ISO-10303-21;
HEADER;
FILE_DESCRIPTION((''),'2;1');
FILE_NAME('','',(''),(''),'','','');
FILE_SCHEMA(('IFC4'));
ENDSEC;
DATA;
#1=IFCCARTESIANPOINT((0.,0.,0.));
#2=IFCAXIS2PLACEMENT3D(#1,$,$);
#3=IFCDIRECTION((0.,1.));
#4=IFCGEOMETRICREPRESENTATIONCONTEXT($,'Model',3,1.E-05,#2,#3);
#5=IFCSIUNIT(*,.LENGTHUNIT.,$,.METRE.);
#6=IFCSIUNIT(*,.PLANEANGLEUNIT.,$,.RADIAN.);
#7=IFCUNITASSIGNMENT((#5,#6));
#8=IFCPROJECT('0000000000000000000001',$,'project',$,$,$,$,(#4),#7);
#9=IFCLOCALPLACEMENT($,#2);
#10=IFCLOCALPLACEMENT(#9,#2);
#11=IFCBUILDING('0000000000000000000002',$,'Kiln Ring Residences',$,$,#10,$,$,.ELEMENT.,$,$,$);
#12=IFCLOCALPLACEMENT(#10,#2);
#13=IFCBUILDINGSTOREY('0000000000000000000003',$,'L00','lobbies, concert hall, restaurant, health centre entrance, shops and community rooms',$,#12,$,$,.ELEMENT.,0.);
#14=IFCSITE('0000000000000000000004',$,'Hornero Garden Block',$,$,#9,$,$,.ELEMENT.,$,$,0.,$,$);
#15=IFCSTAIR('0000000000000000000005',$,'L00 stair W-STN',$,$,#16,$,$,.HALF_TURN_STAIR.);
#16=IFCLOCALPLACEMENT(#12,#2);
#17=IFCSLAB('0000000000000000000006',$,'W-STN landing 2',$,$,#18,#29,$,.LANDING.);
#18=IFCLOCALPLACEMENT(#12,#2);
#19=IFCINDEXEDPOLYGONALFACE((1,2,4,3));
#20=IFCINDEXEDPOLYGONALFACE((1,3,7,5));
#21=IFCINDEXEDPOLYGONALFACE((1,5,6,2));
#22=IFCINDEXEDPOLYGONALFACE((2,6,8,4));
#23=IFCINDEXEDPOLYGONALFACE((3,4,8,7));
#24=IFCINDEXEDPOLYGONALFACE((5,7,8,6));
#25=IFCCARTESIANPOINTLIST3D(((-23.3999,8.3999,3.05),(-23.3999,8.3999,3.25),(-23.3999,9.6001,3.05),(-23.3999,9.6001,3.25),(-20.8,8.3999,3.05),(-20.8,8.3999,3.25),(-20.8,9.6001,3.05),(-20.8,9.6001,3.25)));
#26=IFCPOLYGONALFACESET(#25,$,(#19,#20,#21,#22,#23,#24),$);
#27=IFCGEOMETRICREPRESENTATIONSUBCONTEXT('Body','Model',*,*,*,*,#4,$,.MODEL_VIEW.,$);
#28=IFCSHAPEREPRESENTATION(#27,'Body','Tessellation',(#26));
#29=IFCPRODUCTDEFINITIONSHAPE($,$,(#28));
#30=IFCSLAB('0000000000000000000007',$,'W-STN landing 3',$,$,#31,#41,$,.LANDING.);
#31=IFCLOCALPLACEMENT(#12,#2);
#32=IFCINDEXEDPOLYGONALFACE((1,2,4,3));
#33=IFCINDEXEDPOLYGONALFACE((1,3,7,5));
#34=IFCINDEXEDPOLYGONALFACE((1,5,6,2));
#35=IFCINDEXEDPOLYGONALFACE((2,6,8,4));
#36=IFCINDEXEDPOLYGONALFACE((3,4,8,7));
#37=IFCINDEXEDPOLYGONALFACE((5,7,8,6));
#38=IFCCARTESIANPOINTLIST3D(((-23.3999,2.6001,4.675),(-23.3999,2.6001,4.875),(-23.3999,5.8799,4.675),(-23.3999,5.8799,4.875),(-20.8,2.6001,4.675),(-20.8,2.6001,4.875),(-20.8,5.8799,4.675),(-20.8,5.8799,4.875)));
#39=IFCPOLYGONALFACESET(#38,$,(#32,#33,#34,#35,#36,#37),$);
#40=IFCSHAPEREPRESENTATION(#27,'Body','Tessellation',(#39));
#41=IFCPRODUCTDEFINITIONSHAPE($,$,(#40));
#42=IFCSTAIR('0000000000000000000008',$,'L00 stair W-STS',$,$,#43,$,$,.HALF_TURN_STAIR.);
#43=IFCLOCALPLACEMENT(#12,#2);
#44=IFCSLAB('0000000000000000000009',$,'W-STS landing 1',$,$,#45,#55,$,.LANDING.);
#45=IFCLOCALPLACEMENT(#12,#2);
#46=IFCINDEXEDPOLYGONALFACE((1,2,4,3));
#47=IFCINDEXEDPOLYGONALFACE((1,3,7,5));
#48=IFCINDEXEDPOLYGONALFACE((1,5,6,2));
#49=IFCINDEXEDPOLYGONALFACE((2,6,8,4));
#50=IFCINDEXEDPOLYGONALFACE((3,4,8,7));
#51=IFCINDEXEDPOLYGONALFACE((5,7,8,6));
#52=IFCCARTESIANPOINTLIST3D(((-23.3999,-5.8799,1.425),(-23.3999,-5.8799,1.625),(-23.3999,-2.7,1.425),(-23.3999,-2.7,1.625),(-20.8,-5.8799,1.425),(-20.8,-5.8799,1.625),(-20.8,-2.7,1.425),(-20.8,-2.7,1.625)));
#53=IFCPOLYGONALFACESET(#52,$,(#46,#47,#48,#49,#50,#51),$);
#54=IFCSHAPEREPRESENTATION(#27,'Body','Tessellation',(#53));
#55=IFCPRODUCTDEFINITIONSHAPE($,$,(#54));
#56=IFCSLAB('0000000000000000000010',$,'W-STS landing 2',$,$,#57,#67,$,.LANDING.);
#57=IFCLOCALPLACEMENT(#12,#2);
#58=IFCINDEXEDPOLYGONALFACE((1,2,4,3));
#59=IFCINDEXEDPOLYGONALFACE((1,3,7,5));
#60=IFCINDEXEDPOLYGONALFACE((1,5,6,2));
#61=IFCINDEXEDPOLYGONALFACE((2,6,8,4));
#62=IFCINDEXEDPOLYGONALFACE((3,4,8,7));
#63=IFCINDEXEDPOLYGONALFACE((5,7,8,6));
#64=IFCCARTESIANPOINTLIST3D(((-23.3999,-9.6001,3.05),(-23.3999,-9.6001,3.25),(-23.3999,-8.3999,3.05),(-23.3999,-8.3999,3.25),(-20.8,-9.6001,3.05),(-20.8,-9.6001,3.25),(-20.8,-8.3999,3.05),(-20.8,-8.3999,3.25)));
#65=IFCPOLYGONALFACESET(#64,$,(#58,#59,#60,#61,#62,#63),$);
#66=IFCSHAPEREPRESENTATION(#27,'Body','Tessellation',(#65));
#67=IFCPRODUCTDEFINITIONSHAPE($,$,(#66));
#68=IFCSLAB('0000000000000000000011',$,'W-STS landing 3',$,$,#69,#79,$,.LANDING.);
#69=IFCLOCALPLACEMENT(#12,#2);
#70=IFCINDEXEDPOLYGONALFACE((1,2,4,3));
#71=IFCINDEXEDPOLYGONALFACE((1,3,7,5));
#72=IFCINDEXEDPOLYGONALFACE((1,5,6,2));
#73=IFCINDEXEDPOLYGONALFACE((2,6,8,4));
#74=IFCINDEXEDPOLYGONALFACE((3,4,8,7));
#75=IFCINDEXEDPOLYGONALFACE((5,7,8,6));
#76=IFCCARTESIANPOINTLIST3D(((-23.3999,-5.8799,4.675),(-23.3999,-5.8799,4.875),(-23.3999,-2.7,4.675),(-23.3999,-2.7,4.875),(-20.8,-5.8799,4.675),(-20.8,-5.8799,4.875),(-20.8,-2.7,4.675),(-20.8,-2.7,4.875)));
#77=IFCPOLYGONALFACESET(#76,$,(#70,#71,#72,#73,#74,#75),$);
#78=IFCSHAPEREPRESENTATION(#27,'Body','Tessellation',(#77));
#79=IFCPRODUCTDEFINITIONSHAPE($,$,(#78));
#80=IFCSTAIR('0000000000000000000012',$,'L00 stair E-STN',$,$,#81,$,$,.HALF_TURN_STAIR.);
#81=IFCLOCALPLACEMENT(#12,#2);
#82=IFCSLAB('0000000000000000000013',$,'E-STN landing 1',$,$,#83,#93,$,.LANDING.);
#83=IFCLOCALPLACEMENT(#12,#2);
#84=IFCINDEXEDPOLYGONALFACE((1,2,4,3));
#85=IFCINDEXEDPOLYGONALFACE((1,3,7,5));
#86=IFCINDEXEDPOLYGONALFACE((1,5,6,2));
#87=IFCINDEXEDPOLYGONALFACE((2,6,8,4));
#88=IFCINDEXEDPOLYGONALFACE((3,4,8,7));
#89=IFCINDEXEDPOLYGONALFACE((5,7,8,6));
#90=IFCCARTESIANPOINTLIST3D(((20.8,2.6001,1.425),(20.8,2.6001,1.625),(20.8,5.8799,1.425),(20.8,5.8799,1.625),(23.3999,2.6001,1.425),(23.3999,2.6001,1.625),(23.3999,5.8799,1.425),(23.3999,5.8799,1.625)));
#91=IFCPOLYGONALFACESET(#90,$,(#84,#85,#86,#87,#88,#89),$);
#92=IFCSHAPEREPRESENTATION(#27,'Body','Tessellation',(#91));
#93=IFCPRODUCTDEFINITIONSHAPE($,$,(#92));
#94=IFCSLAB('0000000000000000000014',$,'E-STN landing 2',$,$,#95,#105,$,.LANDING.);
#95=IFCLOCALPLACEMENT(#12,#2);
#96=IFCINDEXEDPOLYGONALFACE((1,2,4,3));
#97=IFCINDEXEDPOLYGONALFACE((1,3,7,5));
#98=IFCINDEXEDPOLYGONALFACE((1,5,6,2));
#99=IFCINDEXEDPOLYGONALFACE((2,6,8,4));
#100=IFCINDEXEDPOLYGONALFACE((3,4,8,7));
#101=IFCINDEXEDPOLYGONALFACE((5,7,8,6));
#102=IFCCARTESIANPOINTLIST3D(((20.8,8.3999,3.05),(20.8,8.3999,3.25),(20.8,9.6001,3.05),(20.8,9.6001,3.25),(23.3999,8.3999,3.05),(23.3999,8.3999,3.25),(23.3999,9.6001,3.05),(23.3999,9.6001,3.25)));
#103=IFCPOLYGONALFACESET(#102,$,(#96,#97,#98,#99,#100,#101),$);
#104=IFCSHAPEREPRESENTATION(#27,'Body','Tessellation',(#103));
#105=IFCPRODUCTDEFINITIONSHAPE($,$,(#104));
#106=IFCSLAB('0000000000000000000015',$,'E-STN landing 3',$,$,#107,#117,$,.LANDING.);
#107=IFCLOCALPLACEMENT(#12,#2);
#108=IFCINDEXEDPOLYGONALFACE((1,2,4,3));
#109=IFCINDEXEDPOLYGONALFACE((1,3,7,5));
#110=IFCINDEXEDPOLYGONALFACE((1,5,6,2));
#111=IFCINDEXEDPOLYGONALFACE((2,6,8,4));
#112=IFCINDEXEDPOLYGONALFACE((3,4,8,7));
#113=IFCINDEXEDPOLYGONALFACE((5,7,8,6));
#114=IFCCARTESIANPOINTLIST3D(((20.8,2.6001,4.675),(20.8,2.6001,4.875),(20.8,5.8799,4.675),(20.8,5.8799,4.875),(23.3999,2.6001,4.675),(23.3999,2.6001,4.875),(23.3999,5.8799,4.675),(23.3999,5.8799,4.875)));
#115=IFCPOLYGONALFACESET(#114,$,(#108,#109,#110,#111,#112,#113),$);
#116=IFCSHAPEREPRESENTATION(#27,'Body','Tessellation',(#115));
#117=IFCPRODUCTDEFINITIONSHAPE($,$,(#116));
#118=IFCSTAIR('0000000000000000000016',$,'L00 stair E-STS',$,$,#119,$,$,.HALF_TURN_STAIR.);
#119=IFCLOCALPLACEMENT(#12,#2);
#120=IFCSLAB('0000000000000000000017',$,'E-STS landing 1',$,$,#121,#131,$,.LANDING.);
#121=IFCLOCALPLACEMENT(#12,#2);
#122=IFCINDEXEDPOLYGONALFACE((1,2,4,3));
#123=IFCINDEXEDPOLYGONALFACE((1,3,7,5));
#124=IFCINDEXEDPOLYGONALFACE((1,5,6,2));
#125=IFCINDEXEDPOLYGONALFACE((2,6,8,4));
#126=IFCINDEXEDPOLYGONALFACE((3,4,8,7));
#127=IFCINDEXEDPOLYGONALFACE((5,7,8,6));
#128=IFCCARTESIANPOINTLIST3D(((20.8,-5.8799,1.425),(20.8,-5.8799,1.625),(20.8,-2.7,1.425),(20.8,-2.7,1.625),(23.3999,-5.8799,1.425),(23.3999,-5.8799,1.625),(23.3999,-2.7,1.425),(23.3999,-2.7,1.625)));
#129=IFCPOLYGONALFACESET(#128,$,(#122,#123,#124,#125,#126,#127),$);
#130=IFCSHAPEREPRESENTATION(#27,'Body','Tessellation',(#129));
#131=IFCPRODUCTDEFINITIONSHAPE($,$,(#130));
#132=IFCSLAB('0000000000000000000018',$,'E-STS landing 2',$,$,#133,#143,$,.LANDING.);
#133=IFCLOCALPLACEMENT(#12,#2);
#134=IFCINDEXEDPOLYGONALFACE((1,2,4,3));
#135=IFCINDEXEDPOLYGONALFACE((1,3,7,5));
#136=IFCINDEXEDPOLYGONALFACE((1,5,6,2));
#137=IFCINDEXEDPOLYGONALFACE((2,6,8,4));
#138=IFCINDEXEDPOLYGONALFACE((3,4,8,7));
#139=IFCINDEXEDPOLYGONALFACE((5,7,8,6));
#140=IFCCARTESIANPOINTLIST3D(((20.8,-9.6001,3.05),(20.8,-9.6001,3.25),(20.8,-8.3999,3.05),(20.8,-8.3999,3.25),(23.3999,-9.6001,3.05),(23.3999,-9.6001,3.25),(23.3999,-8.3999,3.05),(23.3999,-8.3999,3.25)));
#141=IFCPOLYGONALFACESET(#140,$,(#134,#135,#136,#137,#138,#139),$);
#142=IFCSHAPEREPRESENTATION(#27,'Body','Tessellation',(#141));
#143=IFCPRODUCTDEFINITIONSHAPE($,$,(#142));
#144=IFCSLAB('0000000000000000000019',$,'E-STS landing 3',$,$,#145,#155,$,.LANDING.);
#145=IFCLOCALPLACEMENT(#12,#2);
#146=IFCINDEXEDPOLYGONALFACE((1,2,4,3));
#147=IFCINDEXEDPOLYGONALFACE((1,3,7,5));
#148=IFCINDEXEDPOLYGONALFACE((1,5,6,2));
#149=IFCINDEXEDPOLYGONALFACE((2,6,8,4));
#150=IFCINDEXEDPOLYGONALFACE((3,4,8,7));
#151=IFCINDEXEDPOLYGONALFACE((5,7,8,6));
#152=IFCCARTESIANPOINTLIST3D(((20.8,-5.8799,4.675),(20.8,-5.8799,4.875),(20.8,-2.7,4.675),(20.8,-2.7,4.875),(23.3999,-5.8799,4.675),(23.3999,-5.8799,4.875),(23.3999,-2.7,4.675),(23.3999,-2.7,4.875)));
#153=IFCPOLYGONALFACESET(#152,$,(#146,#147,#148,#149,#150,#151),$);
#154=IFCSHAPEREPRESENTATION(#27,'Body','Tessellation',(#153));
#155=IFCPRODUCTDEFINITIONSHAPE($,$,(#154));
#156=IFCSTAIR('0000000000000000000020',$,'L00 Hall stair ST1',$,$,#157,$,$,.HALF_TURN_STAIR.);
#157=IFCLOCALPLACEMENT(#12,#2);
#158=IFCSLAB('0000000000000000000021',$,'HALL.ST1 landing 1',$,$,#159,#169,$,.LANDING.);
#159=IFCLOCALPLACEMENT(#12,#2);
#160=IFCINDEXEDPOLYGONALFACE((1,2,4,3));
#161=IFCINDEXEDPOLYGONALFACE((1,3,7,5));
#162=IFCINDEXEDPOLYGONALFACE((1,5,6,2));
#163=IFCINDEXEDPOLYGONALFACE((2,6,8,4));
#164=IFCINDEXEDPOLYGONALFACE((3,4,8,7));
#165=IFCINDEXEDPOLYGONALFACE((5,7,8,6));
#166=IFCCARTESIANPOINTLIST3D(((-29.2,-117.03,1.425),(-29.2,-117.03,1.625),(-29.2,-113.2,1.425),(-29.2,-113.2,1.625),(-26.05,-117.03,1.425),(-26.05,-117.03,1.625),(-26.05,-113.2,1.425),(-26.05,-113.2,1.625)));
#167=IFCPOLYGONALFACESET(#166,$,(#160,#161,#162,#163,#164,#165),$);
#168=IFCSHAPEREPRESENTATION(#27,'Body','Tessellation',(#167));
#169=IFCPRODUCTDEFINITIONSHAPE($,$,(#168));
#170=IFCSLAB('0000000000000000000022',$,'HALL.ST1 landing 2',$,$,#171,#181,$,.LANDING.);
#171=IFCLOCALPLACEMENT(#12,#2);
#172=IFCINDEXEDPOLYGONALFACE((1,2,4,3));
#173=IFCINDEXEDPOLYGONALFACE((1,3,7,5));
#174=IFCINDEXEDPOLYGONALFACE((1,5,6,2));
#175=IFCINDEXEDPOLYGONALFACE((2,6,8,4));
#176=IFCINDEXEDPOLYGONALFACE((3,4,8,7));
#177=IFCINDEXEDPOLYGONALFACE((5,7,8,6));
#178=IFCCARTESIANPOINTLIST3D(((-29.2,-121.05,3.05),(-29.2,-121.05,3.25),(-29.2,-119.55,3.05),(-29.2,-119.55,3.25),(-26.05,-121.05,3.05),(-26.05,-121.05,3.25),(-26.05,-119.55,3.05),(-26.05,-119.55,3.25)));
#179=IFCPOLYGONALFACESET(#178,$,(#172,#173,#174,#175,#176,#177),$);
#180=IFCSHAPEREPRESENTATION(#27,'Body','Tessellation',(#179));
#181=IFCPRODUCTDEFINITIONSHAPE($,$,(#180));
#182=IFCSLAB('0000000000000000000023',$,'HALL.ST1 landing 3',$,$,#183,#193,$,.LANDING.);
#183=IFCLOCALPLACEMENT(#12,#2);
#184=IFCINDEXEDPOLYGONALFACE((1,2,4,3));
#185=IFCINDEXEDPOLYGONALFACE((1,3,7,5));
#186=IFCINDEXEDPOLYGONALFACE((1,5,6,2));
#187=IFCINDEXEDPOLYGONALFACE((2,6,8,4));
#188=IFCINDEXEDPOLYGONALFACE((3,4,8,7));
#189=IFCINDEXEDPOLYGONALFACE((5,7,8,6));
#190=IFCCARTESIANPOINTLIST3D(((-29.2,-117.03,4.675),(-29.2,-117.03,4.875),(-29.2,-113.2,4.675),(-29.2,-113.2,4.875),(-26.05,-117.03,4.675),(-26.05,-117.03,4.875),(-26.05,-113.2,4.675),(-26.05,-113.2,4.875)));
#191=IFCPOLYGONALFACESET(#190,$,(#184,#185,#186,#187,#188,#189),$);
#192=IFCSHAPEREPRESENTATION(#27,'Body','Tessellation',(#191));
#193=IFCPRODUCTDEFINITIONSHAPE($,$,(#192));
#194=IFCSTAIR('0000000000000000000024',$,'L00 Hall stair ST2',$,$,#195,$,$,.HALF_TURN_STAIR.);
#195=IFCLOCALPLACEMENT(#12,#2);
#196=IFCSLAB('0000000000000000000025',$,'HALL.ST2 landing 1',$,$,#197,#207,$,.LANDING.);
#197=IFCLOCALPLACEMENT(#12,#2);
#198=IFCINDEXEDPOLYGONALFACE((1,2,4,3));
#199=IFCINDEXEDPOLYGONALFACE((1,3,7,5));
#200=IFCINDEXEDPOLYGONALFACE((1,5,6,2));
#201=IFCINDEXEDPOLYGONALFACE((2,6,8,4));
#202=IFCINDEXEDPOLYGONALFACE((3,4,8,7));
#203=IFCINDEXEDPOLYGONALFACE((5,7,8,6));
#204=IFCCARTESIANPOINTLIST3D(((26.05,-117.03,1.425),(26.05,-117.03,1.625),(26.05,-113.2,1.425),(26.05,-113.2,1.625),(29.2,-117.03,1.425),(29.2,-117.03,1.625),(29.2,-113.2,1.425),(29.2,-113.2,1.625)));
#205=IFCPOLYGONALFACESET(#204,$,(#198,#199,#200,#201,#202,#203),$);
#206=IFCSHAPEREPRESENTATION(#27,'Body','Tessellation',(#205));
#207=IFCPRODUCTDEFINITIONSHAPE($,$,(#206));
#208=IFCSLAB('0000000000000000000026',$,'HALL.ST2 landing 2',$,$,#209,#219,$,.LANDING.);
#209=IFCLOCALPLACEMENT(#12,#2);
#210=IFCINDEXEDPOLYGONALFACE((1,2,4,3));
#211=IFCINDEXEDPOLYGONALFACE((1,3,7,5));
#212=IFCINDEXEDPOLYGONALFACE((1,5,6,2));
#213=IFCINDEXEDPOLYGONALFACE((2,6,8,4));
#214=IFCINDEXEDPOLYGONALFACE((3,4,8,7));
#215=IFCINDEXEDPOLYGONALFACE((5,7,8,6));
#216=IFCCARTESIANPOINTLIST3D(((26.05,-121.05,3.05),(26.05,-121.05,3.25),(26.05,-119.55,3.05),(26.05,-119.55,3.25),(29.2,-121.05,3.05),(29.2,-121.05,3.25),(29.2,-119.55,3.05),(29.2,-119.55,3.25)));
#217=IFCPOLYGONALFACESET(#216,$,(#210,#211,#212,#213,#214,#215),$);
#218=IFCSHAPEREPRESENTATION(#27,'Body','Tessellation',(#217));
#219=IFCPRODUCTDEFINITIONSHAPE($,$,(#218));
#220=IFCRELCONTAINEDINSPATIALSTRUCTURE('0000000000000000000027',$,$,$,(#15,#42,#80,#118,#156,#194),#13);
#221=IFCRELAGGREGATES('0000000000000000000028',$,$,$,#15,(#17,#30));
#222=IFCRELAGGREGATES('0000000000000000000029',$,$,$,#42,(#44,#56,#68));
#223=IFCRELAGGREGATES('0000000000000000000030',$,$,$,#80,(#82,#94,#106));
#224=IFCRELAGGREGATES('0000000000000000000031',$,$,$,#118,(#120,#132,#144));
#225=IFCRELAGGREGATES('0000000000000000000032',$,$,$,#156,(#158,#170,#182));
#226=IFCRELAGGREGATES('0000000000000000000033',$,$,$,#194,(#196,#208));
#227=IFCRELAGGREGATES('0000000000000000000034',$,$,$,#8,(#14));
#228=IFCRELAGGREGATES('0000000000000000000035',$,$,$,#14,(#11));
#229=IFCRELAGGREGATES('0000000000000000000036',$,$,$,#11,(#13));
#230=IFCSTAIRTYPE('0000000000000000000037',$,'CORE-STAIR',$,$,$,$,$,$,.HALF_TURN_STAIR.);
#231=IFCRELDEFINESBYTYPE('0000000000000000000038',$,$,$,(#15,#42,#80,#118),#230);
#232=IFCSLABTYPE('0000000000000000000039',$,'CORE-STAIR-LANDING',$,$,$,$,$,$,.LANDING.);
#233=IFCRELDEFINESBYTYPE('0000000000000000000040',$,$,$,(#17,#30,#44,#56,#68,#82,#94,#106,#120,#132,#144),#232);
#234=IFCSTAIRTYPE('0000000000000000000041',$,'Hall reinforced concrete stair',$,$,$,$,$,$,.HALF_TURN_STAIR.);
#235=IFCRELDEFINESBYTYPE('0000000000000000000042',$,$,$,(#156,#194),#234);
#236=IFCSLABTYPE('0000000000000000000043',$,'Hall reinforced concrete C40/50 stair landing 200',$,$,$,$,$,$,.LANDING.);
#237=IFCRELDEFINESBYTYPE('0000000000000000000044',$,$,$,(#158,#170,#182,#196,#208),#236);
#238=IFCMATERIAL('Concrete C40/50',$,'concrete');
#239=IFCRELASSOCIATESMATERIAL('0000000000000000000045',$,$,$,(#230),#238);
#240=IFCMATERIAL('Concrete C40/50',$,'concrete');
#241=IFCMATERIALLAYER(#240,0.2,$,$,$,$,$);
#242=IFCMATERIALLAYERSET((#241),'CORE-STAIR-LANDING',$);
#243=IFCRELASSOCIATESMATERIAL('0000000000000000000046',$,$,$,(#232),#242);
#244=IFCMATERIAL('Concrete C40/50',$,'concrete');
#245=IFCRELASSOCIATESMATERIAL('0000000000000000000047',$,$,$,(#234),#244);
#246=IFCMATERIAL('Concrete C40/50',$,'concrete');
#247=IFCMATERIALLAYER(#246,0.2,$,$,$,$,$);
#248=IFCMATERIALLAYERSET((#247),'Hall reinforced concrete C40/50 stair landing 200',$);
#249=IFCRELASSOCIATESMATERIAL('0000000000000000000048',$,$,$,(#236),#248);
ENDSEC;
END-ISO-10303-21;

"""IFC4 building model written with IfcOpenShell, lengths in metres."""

from ifc_helpers import new_model, si_unit, direction, frame, origin, place, context, subcontext, project, spatial, polyline, outline, extrude, material, layer, layer_set, type_object, element, aggregate, save


model = new_model("IFC4")

# Units and contexts
model_context = context("Model", 3, precision=1e-05, world=origin(), true_north=direction((0.0, 1.0)))
body_context = subcontext(model_context, "Body", "Model", "MODEL_VIEW")
ifc_project = project(units=[si_unit("LENGTHUNIT", "METRE"), si_unit("PLANEANGLEUNIT", "RADIAN")], contexts=[model_context])

# Site, building, storey
site_placement = place(None, origin())
site = spatial("IfcSite", under=ifc_project, at=site_placement, Name="Hornero Garden Block", CompositionType="ELEMENT", RefElevation=0.0)
building_placement = place(site_placement, origin())
building = spatial("IfcBuilding", under=site, at=building_placement, Name="Kiln Ring Residences", CompositionType="ELEMENT")
storey_placement = place(building_placement, origin())
storey = spatial("IfcBuildingStorey", under=building, at=storey_placement, Name="L00", Description="lobbies, concert hall, restaurant, health centre entrance, shops and community rooms", CompositionType="ELEMENT", Elevation=0.0)

# Stairs, slabs
ifc_material_1 = material(Name="Concrete C40/50", Category="concrete")
stair_type_1 = type_object("IfcStairType", Name="CORE-STAIR", PredefinedType="HALF_TURN_STAIR", material=ifc_material_1)
placement_1 = place(storey_placement, origin())
stair_1 = element("IfcStair", 1, at=placement_1, inside=storey, type_object=stair_type_1, Name="L00 stair W-STN", PredefinedType="HALF_TURN_STAIR")
ifc_material_2 = material(Name="Concrete C40/50", Category="concrete")
ifc_layer_1 = layer(ifc_material_2, 0.2)
ifc_layer_set_1 = layer_set([ifc_layer_1], Name="CORE-STAIR-LANDING")
slab_type_1 = type_object("IfcSlabType", Name="CORE-STAIR-LANDING", PredefinedType="LANDING", material=ifc_layer_set_1)
placement_2 = place(storey_placement, frame((0.0, 0.0, 3.05)))
slab_1 = element("IfcSlab", 2, at=placement_2, type_object=slab_type_1, Name="W-STN landing 2", PredefinedType="LANDING", context=body_context, shape_type="SweptSolid", body=[
    extrude(outline(polyline([(-23.3999, 9.6001), (-23.3999, 8.3999), (-20.8, 8.3999), (-20.8, 9.6001), (-23.3999, 9.6001)])), origin(), (0.0, 0.0, 1.0), 0.2),
])
placement_3 = place(storey_placement, frame((0.0, 0.0, 4.675)))
slab_2 = element("IfcSlab", 3, at=placement_3, type_object=slab_type_1, Name="W-STN landing 3", PredefinedType="LANDING", context=body_context, shape_type="SweptSolid", body=[
    extrude(outline(polyline([(-23.3999, 5.8799), (-23.3999, 2.6001), (-20.8, 2.6001), (-20.8, 5.8799), (-23.3999, 5.8799)])), origin(), (0.0, 0.0, 1.0), 0.2),
])
aggregate(stair_1, [slab_1, slab_2])
stair_2 = element("IfcStair", 4, at=placement_1, inside=storey, type_object=stair_type_1, Name="L00 stair W-STS", PredefinedType="HALF_TURN_STAIR")
placement_4 = place(storey_placement, frame((0.0, 0.0, 1.425)))
slab_3 = element("IfcSlab", 5, at=placement_4, type_object=slab_type_1, Name="W-STS landing 1", PredefinedType="LANDING", context=body_context, shape_type="SweptSolid", body=[
    extrude(outline(polyline([(-20.8, -5.8799), (-20.8, -2.7), (-23.3999, -2.7), (-23.3999, -5.8799), (-20.8, -5.8799)])), origin(), (0.0, 0.0, 1.0), 0.2),
])
slab_4 = element("IfcSlab", 6, at=placement_2, type_object=slab_type_1, Name="W-STS landing 2", PredefinedType="LANDING", context=body_context, shape_type="SweptSolid", body=[
    extrude(outline(polyline([(-20.8, -9.6001), (-20.8, -8.3999), (-23.3999, -8.3999), (-23.3999, -9.6001), (-20.8, -9.6001)])), origin(), (0.0, 0.0, 1.0), 0.2),
])
slab_5 = element("IfcSlab", 7, at=placement_3, type_object=slab_type_1, Name="W-STS landing 3", PredefinedType="LANDING", context=body_context, shape_type="SweptSolid", body=[
    extrude(outline(polyline([(-20.8, -5.8799), (-20.8, -2.7), (-23.3999, -2.7), (-23.3999, -5.8799), (-20.8, -5.8799)])), origin(), (0.0, 0.0, 1.0), 0.2),
])
aggregate(stair_2, [slab_3, slab_4, slab_5])
stair_3 = element("IfcStair", 8, at=placement_1, inside=storey, type_object=stair_type_1, Name="L00 stair E-STN", PredefinedType="HALF_TURN_STAIR")
slab_6 = element("IfcSlab", 9, at=placement_4, type_object=slab_type_1, Name="E-STN landing 1", PredefinedType="LANDING", context=body_context, shape_type="SweptSolid", body=[
    extrude(outline(polyline([(20.8, 5.8799), (20.8, 2.6001), (23.3999, 2.6001), (23.3999, 5.8799), (20.8, 5.8799)])), origin(), (0.0, 0.0, 1.0), 0.2),
])
slab_7 = element("IfcSlab", 10, at=placement_2, type_object=slab_type_1, Name="E-STN landing 2", PredefinedType="LANDING", context=body_context, shape_type="SweptSolid", body=[
    extrude(outline(polyline([(20.8, 9.6001), (20.8, 8.3999), (23.3999, 8.3999), (23.3999, 9.6001), (20.8, 9.6001)])), origin(), (0.0, 0.0, 1.0), 0.2),
])
slab_8 = element("IfcSlab", 11, at=placement_3, type_object=slab_type_1, Name="E-STN landing 3", PredefinedType="LANDING", context=body_context, shape_type="SweptSolid", body=[
    extrude(outline(polyline([(20.8, 5.8799), (20.8, 2.6001), (23.3999, 2.6001), (23.3999, 5.8799), (20.8, 5.8799)])), origin(), (0.0, 0.0, 1.0), 0.2),
])
aggregate(stair_3, [slab_6, slab_7, slab_8])
stair_4 = element("IfcStair", 12, at=placement_1, inside=storey, type_object=stair_type_1, Name="L00 stair E-STS", PredefinedType="HALF_TURN_STAIR")
slab_9 = element("IfcSlab", 13, at=placement_4, type_object=slab_type_1, Name="E-STS landing 1", PredefinedType="LANDING", context=body_context, shape_type="SweptSolid", body=[
    extrude(outline(polyline([(23.3999, -5.8799), (23.3999, -2.7), (20.8, -2.7), (20.8, -5.8799), (23.3999, -5.8799)])), origin(), (0.0, 0.0, 1.0), 0.2),
])
slab_10 = element("IfcSlab", 14, at=placement_2, type_object=slab_type_1, Name="E-STS landing 2", PredefinedType="LANDING", context=body_context, shape_type="SweptSolid", body=[
    extrude(outline(polyline([(23.3999, -9.6001), (23.3999, -8.3999), (20.8, -8.3999), (20.8, -9.6001), (23.3999, -9.6001)])), origin(), (0.0, 0.0, 1.0), 0.2),
])
slab_11 = element("IfcSlab", 15, at=placement_3, type_object=slab_type_1, Name="E-STS landing 3", PredefinedType="LANDING", context=body_context, shape_type="SweptSolid", body=[
    extrude(outline(polyline([(23.3999, -5.8799), (23.3999, -2.7), (20.8, -2.7), (20.8, -5.8799), (23.3999, -5.8799)])), origin(), (0.0, 0.0, 1.0), 0.2),
])
aggregate(stair_4, [slab_9, slab_10, slab_11])
ifc_material_3 = material(Name="Concrete C40/50", Category="concrete")
stair_type_2 = type_object("IfcStairType", Name="Hall reinforced concrete stair", PredefinedType="HALF_TURN_STAIR", material=ifc_material_3)
stair_5 = element("IfcStair", 16, at=placement_1, inside=storey, type_object=stair_type_2, Name="L00 Hall stair ST1", PredefinedType="HALF_TURN_STAIR")
ifc_material_4 = material(Name="Concrete C40/50", Category="concrete")
ifc_layer_2 = layer(ifc_material_4, 0.2)
ifc_layer_set_2 = layer_set([ifc_layer_2], Name="Hall reinforced concrete C40/50 stair landing 200")
slab_type_2 = type_object("IfcSlabType", Name="Hall reinforced concrete C40/50 stair landing 200", PredefinedType="LANDING", material=ifc_layer_set_2)
slab_12 = element("IfcSlab", 17, at=placement_4, type_object=slab_type_2, Name="HALL.ST1 landing 1", PredefinedType="LANDING", context=body_context, shape_type="SweptSolid", body=[
    extrude(outline(polyline([(-26.05, -117.03), (-26.05, -113.2), (-29.2, -113.2), (-29.2, -117.03), (-26.05, -117.03)])), origin(), (0.0, 0.0, 1.0), 0.2),
])
slab_13 = element("IfcSlab", 18, at=placement_2, type_object=slab_type_2, Name="HALL.ST1 landing 2", PredefinedType="LANDING", context=body_context, shape_type="SweptSolid", body=[
    extrude(outline(polyline([(-26.05, -121.05), (-26.05, -119.55), (-29.2, -119.55), (-29.2, -121.05), (-26.05, -121.05)])), origin(), (0.0, 0.0, 1.0), 0.2),
])
slab_14 = element("IfcSlab", 19, at=placement_3, type_object=slab_type_2, Name="HALL.ST1 landing 3", PredefinedType="LANDING", context=body_context, shape_type="SweptSolid", body=[
    extrude(outline(polyline([(-26.05, -117.03), (-26.05, -113.2), (-29.2, -113.2), (-29.2, -117.03), (-26.05, -117.03)])), origin(), (0.0, 0.0, 1.0), 0.2),
])
aggregate(stair_5, [slab_12, slab_13, slab_14])
stair_6 = element("IfcStair", 20, at=placement_1, inside=storey, type_object=stair_type_2, Name="L00 Hall stair ST2", PredefinedType="HALF_TURN_STAIR")
slab_15 = element("IfcSlab", 21, at=placement_4, type_object=slab_type_2, Name="HALL.ST2 landing 1", PredefinedType="LANDING", context=body_context, shape_type="SweptSolid", body=[
    extrude(outline(polyline([(29.2, -117.03), (29.2, -113.2), (26.05, -113.2), (26.05, -117.03), (29.2, -117.03)])), origin(), (0.0, 0.0, 1.0), 0.2),
])
slab_16 = element("IfcSlab", 22, at=placement_2, type_object=slab_type_2, Name="HALL.ST2 landing 2", PredefinedType="LANDING", context=body_context, shape_type="SweptSolid", body=[
    extrude(outline(polyline([(29.2, -121.05), (29.2, -119.55), (26.05, -119.55), (26.05, -121.05), (29.2, -121.05)])), origin(), (0.0, 0.0, 1.0), 0.2),
])
aggregate(stair_6, [slab_15, slab_16])

save(model, "model.ifc")
